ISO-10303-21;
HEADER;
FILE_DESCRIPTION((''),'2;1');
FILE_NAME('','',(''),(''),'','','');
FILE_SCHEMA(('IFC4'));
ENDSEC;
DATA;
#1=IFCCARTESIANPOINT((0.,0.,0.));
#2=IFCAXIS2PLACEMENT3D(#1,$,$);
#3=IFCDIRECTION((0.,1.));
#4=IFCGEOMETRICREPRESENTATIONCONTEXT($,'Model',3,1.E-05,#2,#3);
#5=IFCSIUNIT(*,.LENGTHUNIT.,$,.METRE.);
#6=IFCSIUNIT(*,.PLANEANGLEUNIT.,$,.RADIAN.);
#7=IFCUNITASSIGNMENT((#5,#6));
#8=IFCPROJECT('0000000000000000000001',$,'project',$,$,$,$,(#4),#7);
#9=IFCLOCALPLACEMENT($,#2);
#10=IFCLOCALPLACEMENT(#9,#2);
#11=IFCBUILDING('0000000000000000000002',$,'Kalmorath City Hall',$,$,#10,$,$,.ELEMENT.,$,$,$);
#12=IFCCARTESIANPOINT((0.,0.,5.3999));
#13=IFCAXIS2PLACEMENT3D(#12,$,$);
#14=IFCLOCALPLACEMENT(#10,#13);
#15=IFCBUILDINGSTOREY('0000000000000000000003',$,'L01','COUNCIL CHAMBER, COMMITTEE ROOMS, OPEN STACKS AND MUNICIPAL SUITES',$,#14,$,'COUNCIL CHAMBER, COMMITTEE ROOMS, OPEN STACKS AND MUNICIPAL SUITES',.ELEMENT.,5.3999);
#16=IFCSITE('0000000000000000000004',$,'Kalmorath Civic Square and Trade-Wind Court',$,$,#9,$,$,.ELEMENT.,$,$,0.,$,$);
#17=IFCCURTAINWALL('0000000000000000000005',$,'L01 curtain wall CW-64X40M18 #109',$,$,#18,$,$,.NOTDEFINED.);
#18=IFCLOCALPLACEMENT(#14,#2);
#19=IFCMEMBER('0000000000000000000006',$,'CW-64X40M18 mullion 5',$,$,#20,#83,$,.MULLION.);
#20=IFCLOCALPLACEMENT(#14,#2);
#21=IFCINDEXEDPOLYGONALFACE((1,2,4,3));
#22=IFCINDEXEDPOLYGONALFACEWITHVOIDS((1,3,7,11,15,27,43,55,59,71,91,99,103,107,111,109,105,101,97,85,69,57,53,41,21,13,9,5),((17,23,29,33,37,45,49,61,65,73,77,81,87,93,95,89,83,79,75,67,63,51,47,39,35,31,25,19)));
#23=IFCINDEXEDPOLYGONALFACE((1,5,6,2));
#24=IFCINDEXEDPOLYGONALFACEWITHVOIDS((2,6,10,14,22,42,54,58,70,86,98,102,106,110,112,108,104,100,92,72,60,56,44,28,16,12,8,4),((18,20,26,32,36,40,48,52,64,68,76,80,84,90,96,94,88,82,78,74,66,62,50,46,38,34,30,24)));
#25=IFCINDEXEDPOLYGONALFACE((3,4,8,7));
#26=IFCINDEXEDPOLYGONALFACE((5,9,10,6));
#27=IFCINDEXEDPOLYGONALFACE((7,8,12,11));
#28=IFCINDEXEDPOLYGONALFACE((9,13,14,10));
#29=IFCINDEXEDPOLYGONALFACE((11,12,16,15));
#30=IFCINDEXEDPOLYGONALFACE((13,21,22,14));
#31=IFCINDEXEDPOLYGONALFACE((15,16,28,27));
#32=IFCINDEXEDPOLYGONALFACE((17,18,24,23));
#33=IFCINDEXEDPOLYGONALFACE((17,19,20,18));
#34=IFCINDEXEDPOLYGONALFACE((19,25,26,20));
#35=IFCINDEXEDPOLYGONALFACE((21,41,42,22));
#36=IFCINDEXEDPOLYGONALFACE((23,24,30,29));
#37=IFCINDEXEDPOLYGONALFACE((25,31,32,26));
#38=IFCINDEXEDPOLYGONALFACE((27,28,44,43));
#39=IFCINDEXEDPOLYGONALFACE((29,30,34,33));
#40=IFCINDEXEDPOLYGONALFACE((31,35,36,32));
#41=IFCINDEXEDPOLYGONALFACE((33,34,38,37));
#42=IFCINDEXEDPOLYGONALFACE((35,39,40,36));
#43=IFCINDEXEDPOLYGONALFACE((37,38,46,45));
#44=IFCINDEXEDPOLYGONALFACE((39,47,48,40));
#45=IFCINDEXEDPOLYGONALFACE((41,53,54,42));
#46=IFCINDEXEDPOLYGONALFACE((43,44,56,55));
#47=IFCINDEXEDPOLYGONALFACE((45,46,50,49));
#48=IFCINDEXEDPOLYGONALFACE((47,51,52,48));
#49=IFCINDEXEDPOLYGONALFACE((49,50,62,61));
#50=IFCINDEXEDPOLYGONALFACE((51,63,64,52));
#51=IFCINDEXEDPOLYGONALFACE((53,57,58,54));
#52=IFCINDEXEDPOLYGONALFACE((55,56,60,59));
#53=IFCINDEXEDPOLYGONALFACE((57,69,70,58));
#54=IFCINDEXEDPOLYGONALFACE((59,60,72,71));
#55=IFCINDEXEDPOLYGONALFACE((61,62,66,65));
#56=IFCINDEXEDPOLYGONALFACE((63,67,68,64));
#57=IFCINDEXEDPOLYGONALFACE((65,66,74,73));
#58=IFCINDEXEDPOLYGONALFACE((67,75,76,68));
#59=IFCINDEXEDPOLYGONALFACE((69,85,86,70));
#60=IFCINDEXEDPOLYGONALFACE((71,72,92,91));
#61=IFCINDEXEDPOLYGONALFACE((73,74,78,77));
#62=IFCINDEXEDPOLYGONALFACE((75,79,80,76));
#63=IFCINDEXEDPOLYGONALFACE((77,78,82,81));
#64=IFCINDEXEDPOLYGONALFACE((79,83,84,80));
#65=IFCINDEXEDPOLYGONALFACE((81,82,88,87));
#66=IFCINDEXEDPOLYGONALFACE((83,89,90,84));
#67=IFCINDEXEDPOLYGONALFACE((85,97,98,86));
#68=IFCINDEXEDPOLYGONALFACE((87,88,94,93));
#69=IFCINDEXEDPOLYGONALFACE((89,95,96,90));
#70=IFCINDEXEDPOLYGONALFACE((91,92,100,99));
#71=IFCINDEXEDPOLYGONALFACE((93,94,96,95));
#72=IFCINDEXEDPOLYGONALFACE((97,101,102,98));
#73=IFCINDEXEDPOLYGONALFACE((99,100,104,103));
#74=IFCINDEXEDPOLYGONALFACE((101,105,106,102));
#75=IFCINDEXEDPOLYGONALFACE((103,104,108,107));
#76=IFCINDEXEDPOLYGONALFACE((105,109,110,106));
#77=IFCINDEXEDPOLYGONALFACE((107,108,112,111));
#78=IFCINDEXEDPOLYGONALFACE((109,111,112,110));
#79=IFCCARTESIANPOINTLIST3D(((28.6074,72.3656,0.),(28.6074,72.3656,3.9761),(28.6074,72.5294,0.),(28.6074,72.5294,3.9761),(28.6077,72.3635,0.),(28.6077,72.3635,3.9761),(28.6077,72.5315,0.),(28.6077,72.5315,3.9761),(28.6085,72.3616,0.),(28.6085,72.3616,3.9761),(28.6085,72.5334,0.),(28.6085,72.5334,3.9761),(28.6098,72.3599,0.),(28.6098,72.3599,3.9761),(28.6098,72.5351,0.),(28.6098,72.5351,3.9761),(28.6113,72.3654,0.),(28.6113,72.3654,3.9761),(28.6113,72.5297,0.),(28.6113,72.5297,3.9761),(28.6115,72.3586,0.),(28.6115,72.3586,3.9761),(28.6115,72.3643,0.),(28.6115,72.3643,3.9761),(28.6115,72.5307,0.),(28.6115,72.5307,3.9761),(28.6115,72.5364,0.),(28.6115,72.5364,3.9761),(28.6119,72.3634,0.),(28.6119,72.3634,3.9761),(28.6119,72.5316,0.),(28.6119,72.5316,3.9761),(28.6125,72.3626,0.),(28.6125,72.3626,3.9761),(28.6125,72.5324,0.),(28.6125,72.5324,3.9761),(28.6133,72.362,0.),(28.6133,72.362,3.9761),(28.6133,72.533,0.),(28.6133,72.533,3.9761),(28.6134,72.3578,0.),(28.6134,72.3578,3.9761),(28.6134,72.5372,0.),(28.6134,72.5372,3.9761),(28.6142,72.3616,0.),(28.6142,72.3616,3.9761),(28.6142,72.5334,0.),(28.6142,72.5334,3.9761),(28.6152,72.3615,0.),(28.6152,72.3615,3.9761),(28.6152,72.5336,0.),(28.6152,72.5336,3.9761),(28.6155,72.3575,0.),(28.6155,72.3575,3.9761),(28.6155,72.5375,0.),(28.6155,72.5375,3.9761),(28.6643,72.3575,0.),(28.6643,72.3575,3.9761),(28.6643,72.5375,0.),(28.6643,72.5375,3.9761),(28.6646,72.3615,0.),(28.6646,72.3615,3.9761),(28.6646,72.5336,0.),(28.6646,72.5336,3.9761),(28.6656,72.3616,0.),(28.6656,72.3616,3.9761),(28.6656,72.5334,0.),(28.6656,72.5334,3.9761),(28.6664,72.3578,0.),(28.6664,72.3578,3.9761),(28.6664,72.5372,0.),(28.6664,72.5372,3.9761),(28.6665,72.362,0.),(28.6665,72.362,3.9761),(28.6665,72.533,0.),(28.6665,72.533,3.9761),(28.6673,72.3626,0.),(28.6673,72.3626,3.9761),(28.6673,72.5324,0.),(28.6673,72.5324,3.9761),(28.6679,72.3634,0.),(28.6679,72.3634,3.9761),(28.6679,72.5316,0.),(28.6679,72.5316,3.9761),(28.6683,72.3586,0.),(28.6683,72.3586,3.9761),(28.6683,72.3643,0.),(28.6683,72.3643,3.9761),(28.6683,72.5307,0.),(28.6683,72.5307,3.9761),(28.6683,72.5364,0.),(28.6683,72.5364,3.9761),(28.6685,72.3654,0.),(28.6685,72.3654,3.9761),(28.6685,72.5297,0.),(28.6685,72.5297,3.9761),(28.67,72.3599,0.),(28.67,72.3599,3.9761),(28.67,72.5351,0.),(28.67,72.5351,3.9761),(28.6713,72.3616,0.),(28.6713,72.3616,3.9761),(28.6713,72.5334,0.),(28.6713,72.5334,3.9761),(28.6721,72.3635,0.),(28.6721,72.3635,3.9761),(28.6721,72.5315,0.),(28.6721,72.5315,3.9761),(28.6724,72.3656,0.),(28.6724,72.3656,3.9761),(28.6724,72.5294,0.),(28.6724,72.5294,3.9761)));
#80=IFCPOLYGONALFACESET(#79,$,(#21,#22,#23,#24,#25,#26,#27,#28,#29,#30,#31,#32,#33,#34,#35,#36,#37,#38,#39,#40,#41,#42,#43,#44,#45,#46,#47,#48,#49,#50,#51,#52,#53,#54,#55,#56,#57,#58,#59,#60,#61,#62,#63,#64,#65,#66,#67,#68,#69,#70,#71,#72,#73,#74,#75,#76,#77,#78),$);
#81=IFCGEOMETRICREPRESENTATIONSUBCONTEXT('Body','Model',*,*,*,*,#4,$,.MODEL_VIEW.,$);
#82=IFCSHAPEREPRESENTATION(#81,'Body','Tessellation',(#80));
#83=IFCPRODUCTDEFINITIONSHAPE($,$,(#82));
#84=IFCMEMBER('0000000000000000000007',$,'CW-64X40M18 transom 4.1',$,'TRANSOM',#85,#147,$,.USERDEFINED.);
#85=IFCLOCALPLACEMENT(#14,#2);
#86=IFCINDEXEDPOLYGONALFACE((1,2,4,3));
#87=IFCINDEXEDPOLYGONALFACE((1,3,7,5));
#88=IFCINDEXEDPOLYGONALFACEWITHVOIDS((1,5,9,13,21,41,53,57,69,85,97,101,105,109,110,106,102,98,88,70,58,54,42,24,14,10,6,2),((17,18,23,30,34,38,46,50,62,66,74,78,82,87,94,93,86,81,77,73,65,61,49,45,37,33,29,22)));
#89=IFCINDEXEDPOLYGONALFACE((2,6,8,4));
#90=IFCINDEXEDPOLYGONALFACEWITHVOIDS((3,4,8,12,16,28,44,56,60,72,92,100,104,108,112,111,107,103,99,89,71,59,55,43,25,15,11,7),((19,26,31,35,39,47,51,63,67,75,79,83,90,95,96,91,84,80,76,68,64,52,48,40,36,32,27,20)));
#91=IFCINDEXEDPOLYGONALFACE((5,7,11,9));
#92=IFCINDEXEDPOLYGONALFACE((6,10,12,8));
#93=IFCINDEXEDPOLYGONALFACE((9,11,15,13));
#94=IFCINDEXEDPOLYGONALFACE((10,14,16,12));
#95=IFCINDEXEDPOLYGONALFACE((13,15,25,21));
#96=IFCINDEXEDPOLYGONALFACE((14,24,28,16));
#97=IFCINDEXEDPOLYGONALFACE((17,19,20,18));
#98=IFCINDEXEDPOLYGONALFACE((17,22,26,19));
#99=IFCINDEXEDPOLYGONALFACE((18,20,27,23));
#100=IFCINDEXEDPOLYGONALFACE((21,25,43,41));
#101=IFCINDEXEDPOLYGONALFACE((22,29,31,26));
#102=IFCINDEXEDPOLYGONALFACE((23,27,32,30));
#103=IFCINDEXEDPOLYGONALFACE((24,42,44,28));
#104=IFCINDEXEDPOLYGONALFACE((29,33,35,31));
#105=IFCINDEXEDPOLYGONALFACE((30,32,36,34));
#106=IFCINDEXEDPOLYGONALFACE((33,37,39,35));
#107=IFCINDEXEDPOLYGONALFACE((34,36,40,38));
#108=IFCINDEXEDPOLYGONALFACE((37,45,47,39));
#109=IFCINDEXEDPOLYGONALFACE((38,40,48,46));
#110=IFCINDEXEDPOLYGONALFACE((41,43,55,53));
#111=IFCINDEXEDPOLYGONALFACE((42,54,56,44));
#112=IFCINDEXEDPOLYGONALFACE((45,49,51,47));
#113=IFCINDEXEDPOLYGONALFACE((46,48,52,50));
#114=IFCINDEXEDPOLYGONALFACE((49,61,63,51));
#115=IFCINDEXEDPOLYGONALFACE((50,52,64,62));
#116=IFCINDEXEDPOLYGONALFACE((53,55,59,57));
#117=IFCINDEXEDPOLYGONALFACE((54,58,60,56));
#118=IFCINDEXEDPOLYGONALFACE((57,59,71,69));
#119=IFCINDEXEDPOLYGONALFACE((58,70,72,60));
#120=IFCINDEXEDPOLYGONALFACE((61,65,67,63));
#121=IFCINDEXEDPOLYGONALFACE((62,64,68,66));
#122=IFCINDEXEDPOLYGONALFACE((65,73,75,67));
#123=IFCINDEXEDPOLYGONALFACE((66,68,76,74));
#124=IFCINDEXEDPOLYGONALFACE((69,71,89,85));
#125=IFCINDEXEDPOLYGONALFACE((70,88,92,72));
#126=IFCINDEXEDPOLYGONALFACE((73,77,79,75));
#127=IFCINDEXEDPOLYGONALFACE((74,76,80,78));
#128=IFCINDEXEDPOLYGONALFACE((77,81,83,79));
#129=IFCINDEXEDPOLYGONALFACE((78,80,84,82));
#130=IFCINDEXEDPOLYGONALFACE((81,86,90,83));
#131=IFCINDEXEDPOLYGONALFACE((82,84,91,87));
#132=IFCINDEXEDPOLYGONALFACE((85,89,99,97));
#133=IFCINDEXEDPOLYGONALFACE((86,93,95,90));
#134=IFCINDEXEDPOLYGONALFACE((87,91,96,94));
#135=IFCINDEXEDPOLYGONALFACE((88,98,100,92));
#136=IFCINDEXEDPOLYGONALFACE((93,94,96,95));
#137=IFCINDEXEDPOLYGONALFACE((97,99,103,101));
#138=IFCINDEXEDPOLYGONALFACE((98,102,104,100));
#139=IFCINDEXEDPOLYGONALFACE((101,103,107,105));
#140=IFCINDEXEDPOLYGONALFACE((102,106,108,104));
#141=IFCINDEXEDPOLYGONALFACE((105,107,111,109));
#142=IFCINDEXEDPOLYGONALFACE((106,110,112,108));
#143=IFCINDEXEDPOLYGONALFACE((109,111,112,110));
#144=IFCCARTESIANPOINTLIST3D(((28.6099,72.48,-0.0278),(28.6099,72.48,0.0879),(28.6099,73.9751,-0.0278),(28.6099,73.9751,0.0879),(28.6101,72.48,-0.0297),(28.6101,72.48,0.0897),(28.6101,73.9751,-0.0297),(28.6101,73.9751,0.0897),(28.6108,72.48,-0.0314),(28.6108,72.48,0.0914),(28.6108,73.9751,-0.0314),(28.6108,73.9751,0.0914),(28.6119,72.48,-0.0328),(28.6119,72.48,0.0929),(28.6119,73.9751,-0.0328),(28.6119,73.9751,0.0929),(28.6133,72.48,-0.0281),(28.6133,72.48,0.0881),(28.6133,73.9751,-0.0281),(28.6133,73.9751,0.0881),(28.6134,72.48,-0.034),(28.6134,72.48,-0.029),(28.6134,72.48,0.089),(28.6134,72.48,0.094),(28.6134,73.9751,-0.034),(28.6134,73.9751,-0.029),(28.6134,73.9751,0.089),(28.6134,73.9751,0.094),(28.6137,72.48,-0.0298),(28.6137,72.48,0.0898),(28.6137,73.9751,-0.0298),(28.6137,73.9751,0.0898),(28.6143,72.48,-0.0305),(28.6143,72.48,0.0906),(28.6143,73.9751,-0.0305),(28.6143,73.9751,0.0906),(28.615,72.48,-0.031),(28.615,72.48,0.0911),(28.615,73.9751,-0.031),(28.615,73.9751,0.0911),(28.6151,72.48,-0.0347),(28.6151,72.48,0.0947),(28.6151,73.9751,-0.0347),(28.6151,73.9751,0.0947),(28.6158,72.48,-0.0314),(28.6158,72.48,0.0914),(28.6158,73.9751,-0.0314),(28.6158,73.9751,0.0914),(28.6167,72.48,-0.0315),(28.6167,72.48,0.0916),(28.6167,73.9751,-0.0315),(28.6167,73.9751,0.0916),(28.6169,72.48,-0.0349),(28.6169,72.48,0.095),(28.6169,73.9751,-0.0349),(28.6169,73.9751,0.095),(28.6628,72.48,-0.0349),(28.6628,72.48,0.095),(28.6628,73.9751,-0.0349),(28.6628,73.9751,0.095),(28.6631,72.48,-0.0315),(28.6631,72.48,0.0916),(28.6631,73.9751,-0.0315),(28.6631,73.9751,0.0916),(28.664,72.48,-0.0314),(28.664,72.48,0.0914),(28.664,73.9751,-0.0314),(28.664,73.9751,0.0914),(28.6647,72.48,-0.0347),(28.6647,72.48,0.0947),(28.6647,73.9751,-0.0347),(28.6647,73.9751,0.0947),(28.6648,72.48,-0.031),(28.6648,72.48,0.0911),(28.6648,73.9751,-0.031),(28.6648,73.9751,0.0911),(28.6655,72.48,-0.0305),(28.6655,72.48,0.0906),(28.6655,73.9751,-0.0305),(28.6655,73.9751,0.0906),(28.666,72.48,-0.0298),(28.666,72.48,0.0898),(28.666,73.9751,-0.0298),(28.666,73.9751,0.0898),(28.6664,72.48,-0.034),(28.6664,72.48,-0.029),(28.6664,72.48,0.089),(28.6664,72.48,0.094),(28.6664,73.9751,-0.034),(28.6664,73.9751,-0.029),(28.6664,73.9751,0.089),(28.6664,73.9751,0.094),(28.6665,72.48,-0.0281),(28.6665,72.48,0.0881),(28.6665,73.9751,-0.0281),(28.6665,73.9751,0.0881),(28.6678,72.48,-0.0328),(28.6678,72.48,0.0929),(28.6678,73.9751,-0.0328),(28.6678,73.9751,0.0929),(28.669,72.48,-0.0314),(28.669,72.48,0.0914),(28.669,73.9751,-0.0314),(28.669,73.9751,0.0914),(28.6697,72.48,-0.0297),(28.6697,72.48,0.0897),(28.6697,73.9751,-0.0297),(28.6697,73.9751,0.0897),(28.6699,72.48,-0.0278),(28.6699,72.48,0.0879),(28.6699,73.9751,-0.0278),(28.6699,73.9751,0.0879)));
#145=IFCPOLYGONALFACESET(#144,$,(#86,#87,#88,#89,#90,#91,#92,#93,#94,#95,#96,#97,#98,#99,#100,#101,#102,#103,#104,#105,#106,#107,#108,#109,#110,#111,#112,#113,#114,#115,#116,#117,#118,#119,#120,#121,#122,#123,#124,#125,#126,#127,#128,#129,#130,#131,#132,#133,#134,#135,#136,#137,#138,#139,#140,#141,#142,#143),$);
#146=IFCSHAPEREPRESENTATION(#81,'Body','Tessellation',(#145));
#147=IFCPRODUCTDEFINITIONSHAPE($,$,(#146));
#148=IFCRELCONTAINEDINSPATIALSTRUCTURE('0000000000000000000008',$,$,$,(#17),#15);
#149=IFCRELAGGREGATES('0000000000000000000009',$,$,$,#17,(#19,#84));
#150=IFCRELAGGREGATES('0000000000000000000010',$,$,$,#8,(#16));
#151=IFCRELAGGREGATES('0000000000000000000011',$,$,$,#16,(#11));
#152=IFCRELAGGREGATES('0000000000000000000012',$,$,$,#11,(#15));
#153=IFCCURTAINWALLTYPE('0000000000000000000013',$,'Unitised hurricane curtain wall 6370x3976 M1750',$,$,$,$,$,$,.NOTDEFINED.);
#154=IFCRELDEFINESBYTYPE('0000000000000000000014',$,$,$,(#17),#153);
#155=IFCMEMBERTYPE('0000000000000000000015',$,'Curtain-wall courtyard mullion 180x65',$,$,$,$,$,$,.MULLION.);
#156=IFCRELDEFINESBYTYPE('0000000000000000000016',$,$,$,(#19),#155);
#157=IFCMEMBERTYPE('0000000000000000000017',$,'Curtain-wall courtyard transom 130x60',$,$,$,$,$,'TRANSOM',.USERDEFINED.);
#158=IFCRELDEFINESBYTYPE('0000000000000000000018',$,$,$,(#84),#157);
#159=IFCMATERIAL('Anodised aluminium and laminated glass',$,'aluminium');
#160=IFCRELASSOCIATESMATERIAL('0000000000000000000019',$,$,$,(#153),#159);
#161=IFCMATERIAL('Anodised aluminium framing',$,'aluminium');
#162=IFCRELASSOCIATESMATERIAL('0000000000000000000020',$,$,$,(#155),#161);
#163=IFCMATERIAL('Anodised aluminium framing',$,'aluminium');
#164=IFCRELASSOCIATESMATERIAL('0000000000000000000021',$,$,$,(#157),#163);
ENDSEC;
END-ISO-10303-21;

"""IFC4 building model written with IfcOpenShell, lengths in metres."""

from ifc_helpers import new_model, si_unit, direction, frame, origin, origin_2d, place, context, subcontext, project, spatial, hollow_rectangle, extrude, material, material_profile, profile_set, type_object, element, aggregate, save


model = new_model("IFC4")

# Units and contexts
model_context = context("Model", 3, precision=1e-05, world=origin(), true_north=direction((0.0, 1.0)))
body_context = subcontext(model_context, "Body", "Model", "MODEL_VIEW")
ifc_project = project(units=[si_unit("LENGTHUNIT", "METRE"), si_unit("PLANEANGLEUNIT", "RADIAN")], contexts=[model_context])

# Site, building, storey
site_placement = place(None, origin())
site = spatial("IfcSite", under=ifc_project, at=site_placement, Name="Kalmorath Civic Square and Trade-Wind Court", CompositionType="ELEMENT", RefElevation=0.0)
building_placement = place(site_placement, origin())
building = spatial("IfcBuilding", under=site, at=building_placement, Name="Kalmorath City Hall", CompositionType="ELEMENT")
storey_placement = place(building_placement, frame((0.0, 0.0, 5.3999)))
storey = spatial("IfcBuildingStorey", under=building, at=storey_placement, Name="L01", Description="COUNCIL CHAMBER, COMMITTEE ROOMS, OPEN STACKS AND MUNICIPAL SUITES", LongName="COUNCIL CHAMBER, COMMITTEE ROOMS, OPEN STACKS AND MUNICIPAL SUITES", CompositionType="ELEMENT", Elevation=5.3999)

# Curtain wall, members
ifc_material_1 = material(Name="Anodised aluminium and laminated glass", Category="aluminium")
curtain_wall_type = type_object("IfcCurtainWallType", Name="Unitised hurricane curtain wall 6370x3976 M1750", PredefinedType="NOTDEFINED", material=ifc_material_1)
curtain_wall_placement = place(storey_placement, origin())
curtain_wall = element("IfcCurtainWall", 1, at=curtain_wall_placement, inside=storey, type_object=curtain_wall_type, Name="L01 curtain wall CW-64X40M18 #109", PredefinedType="NOTDEFINED")
ifc_material_2 = material(Name="Anodised aluminium framing", Category="aluminium")
ifc_material_profile_1 = material_profile(ifc_material_2, hollow_rectangle(XDim=0.0649, YDim=0.1799, WallThickness=0.0039, InnerFilletRadius=0.0039, OuterFilletRadius=0.0081, at=origin_2d()), Name="ALU-MUL-180X65X4")
ifc_profile_set_1 = profile_set([ifc_material_profile_1], Name="Anodised aluminium framing")
member_type_1 = type_object("IfcMemberType", Name="Curtain-wall courtyard mullion 180x65", PredefinedType="MULLION", material=ifc_profile_set_1)
member_1_placement = place(storey_placement, frame((28.6399, 72.4475, 0.0), z_axis=(0.0, 0.0, 1.0), x_axis=(1.0, 0.0, 0.0)))
member_1 = element("IfcMember", 2, at=member_1_placement, type_object=member_type_1, Name="CW-64X40M18 mullion 5", PredefinedType="MULLION", context=body_context, shape_type="SweptSolid", body=[
    extrude(hollow_rectangle(XDim=0.0649, YDim=0.1799, WallThickness=0.0039, InnerFilletRadius=0.0039, OuterFilletRadius=0.0081, at=origin_2d()), origin(), (0.0, 0.0, 1.0), 3.9761),
])
ifc_material_3 = material(Name="Anodised aluminium framing", Category="aluminium")
ifc_material_profile_2 = material_profile(ifc_material_3, hollow_rectangle(XDim=0.0601, YDim=0.1299, WallThickness=0.0034, InnerFilletRadius=0.0034, OuterFilletRadius=0.0071, at=origin_2d()), Name="ALU-TRN-130X60X3.5")
ifc_profile_set_2 = profile_set([ifc_material_profile_2], Name="Anodised aluminium framing")
member_type_2 = type_object("IfcMemberType", Name="Curtain-wall courtyard transom 130x60", ElementType="TRANSOM", PredefinedType="USERDEFINED", material=ifc_profile_set_2)
member_2_placement = place(storey_placement, frame((28.6399, 73.9751, 0.03), z_axis=(0.0, -1.0, 0.0), x_axis=(1.0, 0.0, 0.0)))
member_2 = element("IfcMember", 3, at=member_2_placement, type_object=member_type_2, Name="CW-64X40M18 transom 4.1", ObjectType="TRANSOM", PredefinedType="USERDEFINED", context=body_context, shape_type="SweptSolid", body=[
    extrude(hollow_rectangle(XDim=0.0601, YDim=0.1299, WallThickness=0.0034, InnerFilletRadius=0.0034, OuterFilletRadius=0.0071, at=origin_2d()), origin(), (0.0, 0.0, 1.0), 1.4951),
])

aggregate(curtain_wall, [member_1, member_2])

save(model, "model.ifc")
